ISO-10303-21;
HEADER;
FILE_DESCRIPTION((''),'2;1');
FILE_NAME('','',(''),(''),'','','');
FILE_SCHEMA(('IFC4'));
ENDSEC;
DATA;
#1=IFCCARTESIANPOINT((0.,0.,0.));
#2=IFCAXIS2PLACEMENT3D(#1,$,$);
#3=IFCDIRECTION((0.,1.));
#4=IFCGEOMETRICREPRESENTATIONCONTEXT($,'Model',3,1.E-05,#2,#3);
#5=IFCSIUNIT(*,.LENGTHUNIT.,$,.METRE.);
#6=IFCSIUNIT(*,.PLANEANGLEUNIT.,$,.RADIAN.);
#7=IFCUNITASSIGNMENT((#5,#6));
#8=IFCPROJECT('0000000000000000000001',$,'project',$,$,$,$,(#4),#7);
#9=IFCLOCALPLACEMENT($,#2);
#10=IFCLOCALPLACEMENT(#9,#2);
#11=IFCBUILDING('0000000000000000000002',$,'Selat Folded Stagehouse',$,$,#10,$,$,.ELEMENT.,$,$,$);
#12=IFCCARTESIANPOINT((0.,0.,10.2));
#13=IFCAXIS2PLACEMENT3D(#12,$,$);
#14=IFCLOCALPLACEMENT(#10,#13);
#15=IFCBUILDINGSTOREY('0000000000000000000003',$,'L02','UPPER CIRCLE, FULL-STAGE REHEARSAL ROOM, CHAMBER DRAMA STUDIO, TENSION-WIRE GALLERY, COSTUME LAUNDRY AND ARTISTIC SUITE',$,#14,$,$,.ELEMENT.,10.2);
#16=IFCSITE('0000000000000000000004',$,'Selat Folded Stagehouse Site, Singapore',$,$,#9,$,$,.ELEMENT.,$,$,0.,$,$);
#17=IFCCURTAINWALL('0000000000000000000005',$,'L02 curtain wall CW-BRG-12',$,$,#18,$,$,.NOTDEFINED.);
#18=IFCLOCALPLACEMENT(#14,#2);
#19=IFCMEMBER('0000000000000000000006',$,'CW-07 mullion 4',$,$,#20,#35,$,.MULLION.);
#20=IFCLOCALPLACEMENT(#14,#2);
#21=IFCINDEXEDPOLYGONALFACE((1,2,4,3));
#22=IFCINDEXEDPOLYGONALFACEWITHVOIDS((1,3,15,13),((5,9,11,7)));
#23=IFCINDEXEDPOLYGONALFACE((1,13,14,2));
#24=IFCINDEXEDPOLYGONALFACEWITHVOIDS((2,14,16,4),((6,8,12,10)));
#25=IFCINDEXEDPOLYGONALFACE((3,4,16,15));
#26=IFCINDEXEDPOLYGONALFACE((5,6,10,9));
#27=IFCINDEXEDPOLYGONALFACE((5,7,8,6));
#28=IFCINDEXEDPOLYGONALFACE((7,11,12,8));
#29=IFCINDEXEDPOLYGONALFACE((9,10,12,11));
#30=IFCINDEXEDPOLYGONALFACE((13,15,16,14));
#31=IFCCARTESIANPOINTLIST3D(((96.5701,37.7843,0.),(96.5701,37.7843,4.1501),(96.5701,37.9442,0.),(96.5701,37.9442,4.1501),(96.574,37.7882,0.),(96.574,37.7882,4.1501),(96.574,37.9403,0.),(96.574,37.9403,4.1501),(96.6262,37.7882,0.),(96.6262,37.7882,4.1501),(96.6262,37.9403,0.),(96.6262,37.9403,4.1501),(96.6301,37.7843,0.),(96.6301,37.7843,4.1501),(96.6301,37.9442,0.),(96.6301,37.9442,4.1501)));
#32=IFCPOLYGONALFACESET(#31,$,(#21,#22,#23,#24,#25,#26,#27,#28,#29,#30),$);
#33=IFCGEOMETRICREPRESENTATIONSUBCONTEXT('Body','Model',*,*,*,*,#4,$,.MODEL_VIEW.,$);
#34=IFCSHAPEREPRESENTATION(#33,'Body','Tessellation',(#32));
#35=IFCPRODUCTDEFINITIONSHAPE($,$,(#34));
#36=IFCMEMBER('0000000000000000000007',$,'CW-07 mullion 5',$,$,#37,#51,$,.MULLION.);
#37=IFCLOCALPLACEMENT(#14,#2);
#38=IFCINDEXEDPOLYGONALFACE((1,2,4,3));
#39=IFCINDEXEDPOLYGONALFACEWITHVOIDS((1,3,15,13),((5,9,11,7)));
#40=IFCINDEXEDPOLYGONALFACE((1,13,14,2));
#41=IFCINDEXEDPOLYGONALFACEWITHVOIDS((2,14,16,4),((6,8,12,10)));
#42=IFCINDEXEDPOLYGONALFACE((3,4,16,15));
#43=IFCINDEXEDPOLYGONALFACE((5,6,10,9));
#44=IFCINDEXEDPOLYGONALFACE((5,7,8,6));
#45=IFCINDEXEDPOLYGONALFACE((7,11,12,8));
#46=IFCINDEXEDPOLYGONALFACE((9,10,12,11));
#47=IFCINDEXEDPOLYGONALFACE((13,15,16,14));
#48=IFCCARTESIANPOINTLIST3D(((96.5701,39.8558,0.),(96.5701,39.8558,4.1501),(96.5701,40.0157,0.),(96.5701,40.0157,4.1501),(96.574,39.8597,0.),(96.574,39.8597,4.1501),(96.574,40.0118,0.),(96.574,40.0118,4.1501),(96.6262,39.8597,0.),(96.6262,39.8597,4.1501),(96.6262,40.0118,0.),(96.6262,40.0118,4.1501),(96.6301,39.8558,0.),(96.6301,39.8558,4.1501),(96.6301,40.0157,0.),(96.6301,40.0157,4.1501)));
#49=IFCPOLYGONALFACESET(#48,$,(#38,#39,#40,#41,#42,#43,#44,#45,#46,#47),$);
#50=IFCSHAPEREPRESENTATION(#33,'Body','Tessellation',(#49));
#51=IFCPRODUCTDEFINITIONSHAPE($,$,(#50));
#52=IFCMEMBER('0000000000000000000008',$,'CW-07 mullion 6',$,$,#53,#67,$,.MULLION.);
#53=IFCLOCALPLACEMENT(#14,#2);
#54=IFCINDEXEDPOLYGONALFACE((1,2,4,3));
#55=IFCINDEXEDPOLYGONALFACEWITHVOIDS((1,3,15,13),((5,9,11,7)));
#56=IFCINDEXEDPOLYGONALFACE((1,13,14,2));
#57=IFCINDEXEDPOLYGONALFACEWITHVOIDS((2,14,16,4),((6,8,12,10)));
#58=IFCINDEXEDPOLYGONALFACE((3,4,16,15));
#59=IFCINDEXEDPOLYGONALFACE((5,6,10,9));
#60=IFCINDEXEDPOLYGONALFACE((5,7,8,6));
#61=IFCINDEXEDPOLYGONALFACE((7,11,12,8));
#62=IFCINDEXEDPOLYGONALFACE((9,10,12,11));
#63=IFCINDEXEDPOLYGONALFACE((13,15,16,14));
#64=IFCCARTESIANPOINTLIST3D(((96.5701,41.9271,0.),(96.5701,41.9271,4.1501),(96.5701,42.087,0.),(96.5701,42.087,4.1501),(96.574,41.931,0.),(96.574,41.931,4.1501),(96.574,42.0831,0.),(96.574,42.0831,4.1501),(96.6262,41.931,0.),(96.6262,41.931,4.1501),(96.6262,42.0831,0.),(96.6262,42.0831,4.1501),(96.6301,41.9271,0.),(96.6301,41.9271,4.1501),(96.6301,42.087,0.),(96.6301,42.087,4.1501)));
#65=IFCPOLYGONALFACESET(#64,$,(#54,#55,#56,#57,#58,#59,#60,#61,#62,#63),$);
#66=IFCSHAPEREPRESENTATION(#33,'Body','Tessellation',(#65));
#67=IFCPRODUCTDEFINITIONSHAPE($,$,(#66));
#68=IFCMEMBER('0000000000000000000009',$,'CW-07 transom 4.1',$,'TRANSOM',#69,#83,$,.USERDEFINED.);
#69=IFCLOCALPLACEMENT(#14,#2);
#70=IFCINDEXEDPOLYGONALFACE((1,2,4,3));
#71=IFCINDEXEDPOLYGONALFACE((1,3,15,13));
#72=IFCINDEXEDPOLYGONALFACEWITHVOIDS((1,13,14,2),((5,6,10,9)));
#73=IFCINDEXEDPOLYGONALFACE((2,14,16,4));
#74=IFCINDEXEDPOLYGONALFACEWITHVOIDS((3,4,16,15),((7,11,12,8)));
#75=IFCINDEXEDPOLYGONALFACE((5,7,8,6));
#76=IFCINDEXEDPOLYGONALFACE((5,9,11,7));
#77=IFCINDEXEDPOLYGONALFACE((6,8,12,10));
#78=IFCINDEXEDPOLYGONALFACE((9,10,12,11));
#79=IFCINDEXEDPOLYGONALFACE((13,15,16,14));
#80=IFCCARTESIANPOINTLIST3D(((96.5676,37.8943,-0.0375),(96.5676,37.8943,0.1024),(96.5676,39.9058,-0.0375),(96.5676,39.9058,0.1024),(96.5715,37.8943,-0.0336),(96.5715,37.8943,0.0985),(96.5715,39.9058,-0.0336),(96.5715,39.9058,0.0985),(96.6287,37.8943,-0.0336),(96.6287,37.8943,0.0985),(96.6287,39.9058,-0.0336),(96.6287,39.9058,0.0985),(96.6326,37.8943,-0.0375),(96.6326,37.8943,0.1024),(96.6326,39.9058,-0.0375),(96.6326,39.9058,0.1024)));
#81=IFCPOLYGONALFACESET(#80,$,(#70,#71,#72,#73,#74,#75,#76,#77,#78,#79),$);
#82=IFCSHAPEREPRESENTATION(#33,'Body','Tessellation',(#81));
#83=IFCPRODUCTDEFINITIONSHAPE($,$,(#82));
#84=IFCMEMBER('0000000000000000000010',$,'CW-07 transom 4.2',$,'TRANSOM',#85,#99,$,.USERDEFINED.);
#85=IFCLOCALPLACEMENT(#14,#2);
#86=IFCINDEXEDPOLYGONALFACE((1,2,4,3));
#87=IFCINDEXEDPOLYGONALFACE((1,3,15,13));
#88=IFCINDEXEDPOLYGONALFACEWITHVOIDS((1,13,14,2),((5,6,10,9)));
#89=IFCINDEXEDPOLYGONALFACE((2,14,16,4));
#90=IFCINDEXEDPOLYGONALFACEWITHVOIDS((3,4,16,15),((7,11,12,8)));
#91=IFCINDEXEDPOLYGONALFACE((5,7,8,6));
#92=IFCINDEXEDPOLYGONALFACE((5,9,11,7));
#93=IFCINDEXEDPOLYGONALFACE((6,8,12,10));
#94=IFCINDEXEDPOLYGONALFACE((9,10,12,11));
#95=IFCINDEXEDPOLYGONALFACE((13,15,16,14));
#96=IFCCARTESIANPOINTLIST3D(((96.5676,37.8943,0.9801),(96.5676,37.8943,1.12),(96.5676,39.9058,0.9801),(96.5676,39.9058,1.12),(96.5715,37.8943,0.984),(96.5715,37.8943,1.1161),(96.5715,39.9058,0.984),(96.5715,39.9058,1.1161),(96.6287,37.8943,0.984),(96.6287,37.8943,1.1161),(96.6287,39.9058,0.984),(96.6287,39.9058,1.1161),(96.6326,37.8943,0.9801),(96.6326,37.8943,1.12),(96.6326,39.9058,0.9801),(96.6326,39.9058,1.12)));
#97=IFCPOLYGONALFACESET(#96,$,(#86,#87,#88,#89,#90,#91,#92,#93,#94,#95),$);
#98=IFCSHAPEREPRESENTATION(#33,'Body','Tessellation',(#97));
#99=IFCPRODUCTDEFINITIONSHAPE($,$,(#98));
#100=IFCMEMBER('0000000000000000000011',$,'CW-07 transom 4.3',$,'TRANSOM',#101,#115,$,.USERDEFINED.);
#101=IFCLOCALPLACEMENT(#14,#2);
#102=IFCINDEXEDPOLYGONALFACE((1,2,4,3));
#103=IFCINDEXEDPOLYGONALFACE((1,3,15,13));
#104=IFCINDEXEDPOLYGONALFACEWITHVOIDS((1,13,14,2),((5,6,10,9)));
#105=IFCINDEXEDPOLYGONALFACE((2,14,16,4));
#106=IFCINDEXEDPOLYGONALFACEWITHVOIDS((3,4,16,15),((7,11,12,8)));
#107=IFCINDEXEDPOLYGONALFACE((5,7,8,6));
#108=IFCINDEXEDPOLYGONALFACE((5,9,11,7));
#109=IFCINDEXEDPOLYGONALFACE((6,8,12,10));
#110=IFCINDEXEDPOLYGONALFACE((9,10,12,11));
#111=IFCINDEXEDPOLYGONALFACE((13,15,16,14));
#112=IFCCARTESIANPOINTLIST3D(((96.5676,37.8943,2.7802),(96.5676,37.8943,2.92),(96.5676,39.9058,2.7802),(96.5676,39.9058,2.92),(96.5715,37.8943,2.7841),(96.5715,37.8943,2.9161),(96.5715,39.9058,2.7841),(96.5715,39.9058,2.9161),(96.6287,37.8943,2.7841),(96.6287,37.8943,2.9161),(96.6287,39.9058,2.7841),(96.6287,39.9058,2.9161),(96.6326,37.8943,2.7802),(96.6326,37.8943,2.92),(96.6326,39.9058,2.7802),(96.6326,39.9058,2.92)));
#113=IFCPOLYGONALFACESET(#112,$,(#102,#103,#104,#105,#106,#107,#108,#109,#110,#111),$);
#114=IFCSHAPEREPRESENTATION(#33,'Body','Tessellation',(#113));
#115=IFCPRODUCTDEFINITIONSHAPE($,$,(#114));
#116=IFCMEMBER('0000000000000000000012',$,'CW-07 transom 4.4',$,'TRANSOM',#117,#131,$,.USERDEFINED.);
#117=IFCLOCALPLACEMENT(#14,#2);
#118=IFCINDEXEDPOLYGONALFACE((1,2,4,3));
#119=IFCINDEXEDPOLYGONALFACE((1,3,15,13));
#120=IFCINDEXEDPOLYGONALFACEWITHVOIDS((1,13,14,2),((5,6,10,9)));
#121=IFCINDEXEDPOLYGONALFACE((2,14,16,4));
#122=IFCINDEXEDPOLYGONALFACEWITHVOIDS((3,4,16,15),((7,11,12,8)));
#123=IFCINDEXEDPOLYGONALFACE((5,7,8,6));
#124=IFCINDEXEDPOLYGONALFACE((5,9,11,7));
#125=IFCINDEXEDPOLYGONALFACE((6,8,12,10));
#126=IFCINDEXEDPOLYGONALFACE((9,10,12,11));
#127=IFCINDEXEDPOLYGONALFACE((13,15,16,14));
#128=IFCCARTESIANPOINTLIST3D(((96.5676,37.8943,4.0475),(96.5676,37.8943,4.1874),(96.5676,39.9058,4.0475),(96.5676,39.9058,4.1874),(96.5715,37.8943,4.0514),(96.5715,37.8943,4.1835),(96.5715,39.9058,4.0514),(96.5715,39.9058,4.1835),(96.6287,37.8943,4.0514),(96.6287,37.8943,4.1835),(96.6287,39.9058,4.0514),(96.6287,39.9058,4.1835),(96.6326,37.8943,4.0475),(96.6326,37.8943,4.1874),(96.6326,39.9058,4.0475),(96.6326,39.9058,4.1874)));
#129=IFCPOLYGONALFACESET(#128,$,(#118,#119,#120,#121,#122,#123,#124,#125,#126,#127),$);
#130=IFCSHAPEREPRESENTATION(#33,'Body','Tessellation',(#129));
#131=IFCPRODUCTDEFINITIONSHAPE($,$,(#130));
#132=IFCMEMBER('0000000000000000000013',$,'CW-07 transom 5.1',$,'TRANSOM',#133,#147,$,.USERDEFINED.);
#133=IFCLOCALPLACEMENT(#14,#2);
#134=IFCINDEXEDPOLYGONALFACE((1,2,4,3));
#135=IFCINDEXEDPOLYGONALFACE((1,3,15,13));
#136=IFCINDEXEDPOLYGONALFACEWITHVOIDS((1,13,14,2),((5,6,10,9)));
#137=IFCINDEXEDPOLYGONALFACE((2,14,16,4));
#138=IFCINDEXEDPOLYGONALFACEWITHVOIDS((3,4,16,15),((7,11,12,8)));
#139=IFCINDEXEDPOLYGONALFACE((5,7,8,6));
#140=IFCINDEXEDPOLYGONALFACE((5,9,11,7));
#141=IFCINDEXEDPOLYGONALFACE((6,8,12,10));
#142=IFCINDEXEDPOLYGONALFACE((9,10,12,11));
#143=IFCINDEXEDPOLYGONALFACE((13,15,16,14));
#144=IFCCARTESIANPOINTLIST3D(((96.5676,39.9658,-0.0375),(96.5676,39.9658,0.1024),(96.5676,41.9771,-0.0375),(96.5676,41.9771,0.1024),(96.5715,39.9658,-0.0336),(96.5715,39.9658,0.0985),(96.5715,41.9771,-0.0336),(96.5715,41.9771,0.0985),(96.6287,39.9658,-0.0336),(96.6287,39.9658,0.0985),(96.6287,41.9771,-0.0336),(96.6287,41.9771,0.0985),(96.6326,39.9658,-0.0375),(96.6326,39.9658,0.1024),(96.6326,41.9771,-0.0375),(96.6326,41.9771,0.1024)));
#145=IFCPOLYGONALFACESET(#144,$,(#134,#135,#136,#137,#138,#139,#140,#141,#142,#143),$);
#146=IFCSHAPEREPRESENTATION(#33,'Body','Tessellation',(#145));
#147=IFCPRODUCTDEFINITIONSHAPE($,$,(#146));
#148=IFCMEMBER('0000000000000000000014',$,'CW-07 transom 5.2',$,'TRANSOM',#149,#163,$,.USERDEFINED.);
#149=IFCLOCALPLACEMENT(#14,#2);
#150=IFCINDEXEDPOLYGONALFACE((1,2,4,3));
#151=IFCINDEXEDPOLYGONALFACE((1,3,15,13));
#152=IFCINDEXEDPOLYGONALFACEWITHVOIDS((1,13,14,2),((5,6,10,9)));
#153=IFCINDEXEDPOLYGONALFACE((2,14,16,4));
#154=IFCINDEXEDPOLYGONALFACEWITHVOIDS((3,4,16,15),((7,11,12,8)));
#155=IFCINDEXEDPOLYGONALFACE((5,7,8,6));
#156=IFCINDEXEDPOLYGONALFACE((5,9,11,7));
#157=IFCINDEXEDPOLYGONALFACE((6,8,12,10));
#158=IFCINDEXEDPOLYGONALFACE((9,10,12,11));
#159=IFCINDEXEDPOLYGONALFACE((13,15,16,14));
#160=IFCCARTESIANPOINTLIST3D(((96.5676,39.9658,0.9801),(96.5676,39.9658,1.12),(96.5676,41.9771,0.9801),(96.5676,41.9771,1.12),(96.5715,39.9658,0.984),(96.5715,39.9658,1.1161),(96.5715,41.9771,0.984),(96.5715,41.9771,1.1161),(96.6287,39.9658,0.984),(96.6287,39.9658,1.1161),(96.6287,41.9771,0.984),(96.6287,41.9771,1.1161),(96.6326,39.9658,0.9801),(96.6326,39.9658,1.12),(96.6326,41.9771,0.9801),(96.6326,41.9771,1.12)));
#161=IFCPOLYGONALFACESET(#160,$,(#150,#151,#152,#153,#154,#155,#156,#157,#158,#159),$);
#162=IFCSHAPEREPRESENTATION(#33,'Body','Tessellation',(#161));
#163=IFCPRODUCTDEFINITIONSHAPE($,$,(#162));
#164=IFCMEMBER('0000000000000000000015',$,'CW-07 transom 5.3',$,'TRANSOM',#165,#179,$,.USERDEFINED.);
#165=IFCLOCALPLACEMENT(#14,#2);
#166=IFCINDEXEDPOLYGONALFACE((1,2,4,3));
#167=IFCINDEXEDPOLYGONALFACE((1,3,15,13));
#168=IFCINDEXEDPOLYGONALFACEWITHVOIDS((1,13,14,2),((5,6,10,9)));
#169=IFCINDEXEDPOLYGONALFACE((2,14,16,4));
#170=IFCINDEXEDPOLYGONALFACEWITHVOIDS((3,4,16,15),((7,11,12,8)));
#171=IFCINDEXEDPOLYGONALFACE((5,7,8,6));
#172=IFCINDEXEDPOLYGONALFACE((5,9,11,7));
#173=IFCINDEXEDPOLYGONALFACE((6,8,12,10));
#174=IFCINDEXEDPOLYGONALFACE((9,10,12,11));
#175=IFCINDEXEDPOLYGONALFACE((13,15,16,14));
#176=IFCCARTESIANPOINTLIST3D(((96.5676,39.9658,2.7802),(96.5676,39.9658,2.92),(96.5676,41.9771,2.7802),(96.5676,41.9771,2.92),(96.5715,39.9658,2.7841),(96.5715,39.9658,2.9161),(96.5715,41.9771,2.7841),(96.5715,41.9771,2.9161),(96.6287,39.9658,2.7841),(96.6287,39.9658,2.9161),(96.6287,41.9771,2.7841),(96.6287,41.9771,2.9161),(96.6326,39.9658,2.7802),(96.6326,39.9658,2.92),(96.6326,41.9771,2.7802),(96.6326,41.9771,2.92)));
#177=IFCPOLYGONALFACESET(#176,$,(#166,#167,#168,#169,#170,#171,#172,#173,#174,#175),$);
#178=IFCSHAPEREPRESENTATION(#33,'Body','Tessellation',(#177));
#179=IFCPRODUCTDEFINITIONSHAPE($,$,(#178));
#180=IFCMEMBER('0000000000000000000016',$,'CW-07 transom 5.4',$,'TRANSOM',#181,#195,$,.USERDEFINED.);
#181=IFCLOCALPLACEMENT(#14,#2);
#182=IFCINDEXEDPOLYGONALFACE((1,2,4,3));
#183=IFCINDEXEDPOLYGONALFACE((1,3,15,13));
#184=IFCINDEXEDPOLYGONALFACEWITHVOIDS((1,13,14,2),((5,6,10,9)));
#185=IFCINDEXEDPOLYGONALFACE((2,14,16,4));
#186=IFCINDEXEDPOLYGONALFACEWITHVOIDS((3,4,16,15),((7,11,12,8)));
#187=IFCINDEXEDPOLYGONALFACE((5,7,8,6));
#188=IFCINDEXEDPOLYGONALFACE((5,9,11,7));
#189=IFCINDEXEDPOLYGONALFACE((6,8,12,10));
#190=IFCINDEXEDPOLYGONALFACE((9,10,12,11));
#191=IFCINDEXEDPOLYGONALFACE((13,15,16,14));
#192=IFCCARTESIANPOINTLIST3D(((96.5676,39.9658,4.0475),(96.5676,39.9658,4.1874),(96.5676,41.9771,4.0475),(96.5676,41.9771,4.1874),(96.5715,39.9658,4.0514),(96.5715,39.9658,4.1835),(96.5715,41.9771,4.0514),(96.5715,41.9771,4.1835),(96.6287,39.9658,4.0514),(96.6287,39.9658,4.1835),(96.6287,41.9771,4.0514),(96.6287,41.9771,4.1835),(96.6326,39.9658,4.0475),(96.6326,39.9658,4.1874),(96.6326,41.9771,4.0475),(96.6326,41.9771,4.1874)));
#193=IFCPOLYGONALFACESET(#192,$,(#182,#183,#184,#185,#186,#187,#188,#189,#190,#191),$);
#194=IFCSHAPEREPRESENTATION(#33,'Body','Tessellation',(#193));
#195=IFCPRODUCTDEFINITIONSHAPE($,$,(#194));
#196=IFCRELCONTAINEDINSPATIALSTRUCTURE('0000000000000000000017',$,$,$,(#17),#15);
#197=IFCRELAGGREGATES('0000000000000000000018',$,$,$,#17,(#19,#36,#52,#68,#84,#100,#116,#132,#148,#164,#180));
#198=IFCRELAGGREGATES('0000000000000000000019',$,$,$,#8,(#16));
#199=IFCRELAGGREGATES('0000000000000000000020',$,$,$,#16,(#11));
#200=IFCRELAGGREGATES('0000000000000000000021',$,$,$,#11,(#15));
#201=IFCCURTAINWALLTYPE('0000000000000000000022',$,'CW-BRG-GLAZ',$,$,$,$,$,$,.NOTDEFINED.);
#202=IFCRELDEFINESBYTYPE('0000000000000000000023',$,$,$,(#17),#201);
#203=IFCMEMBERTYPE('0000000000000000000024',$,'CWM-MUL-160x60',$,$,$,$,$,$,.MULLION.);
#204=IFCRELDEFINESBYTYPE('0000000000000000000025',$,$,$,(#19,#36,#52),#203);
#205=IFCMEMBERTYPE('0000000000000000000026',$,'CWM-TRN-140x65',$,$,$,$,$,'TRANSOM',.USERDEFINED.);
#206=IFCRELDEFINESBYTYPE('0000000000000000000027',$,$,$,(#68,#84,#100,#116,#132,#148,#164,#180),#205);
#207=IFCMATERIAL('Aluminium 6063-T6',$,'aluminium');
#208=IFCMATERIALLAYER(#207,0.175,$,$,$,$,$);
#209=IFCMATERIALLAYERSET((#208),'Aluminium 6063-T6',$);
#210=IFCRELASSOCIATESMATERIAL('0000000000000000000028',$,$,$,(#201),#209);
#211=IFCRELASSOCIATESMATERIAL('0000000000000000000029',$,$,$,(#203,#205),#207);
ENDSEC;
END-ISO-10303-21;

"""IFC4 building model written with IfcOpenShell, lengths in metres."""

from ifc_helpers import new_model, si_unit, direction, frame, origin, origin_2d, place, context, subcontext, project, spatial, hollow_rectangle, extrude, material, layer, layer_set, material_profile, profile_set, type_object, element, aggregate, save


model = new_model("IFC4")

# Units and contexts
model_context = context("Model", 3, precision=1e-05, world=origin(), true_north=direction((0.0, 1.0)))
body_context = subcontext(model_context, "Body", "Model", "MODEL_VIEW")
ifc_project = project(units=[si_unit("LENGTHUNIT", "METRE"), si_unit("PLANEANGLEUNIT", "RADIAN")], contexts=[model_context])

# Site, building, storey
site_placement = place(None, origin())
site = spatial("IfcSite", under=ifc_project, at=site_placement, Name="Selat Folded Stagehouse Site, Singapore", CompositionType="ELEMENT", RefElevation=0.0)
building_placement = place(site_placement, origin())
building = spatial("IfcBuilding", under=site, at=building_placement, Name="Selat Folded Stagehouse", CompositionType="ELEMENT")
storey_placement = place(building_placement, frame((0.0, 0.0, 10.2)))
storey = spatial("IfcBuildingStorey", under=building, at=storey_placement, Name="L02", Description="UPPER CIRCLE, FULL-STAGE REHEARSAL ROOM, CHAMBER DRAMA STUDIO, TENSION-WIRE GALLERY, COSTUME LAUNDRY AND ARTISTIC SUITE", CompositionType="ELEMENT", Elevation=10.2)

# Curtain wall, members
ifc_material_1 = material(Name="Aluminium 6063-T6", Category="aluminium")
ifc_layer_1 = layer(ifc_material_1, 0.175)
ifc_layer_set_1 = layer_set([ifc_layer_1], Name="Aluminium 6063-T6")
curtain_wall_type = type_object("IfcCurtainWallType", Name="CW-BRG-GLAZ", PredefinedType="NOTDEFINED", material=ifc_layer_set_1)
curtain_wall_placement = place(storey_placement, origin())
curtain_wall = element("IfcCurtainWall", 1, at=curtain_wall_placement, inside=storey, type_object=curtain_wall_type, Name="L02 curtain wall CW-BRG-12", PredefinedType="NOTDEFINED")
ifc_material_profile_1 = material_profile(ifc_material_1, hollow_rectangle(XDim=0.0601, YDim=0.1599, WallThickness=0.0039, at=origin_2d()), Name="ALU 160x60x4.0")
ifc_profile_set_1 = profile_set([ifc_material_profile_1], Name="Aluminium 6063-T6")
member_type_1 = type_object("IfcMemberType", Name="CWM-MUL-160x60", PredefinedType="MULLION", material=ifc_profile_set_1)
member_1_placement = place(storey_placement, frame((96.6001, 37.8643, 0.0), z_axis=(0.0, 0.0, 1.0), x_axis=(-1.0, 0.0, 0.0)))
member_1 = element("IfcMember", 2, at=member_1_placement, type_object=member_type_1, Name="CW-07 mullion 4", PredefinedType="MULLION", context=body_context, shape_type="SweptSolid", body=[
    extrude(hollow_rectangle(XDim=0.0601, YDim=0.1599, WallThickness=0.0039, at=origin_2d()), origin(), (0.0, 0.0, 1.0), 4.1501),
])
member_2_placement = place(storey_placement, frame((96.6001, 39.9358, 0.0), z_axis=(0.0, 0.0, 1.0), x_axis=(-1.0, 0.0, 0.0)))
member_2 = element("IfcMember", 3, at=member_2_placement, type_object=member_type_1, Name="CW-07 mullion 5", PredefinedType="MULLION", context=body_context, shape_type="SweptSolid", body=[
    extrude(hollow_rectangle(XDim=0.0601, YDim=0.1599, WallThickness=0.0039, at=origin_2d()), origin(), (0.0, 0.0, 1.0), 4.1501),
])
member_3_placement = place(storey_placement, frame((96.6001, 42.0071, 0.0), z_axis=(0.0, 0.0, 1.0), x_axis=(-1.0, 0.0, 0.0)))
member_3 = element("IfcMember", 4, at=member_3_placement, type_object=member_type_1, Name="CW-07 mullion 6", PredefinedType="MULLION", context=body_context, shape_type="SweptSolid", body=[
    extrude(hollow_rectangle(XDim=0.0601, YDim=0.1599, WallThickness=0.0039, at=origin_2d()), origin(), (0.0, 0.0, 1.0), 4.1501),
])
ifc_material_profile_2 = material_profile(ifc_material_1, hollow_rectangle(XDim=0.0649, YDim=0.1399, WallThickness=0.0039, at=origin_2d()), Name="ALU 140x65x4.0")
ifc_profile_set_2 = profile_set([ifc_material_profile_2], Name="Aluminium 6063-T6")
member_type_2 = type_object("IfcMemberType", Name="CWM-TRN-140x65", ElementType="TRANSOM", PredefinedType="USERDEFINED", material=ifc_profile_set_2)
member_4_placement = place(storey_placement, frame((96.6001, 37.8943, 0.0325), z_axis=(0.0, 1.0, 0.0), x_axis=(-1.0, 0.0, 0.0)))
member_4 = element("IfcMember", 5, at=member_4_placement, type_object=member_type_2, Name="CW-07 transom 4.1", ObjectType="TRANSOM", PredefinedType="USERDEFINED", context=body_context, shape_type="SweptSolid", body=[
    extrude(hollow_rectangle(XDim=0.0649, YDim=0.1399, WallThickness=0.0039, at=origin_2d()), origin(), (0.0, 0.0, 1.0), 2.0115),
])
member_5_placement = place(storey_placement, frame((96.6001, 37.8943, 1.05), z_axis=(0.0, 1.0, 0.0), x_axis=(-1.0, 0.0, 0.0)))
member_5 = element("IfcMember", 6, at=member_5_placement, type_object=member_type_2, Name="CW-07 transom 4.2", ObjectType="TRANSOM", PredefinedType="USERDEFINED", context=body_context, shape_type="SweptSolid", body=[
    extrude(hollow_rectangle(XDim=0.0649, YDim=0.1399, WallThickness=0.0039, at=origin_2d()), origin(), (0.0, 0.0, 1.0), 2.0115),
])
member_6_placement = place(storey_placement, frame((96.6001, 37.8943, 2.8501), z_axis=(0.0, 1.0, 0.0), x_axis=(-1.0, 0.0, 0.0)))
member_6 = element("IfcMember", 7, at=member_6_placement, type_object=member_type_2, Name="CW-07 transom 4.3", ObjectType="TRANSOM", PredefinedType="USERDEFINED", context=body_context, shape_type="SweptSolid", body=[
    extrude(hollow_rectangle(XDim=0.0649, YDim=0.1399, WallThickness=0.0039, at=origin_2d()), origin(), (0.0, 0.0, 1.0), 2.0115),
])
member_7_placement = place(storey_placement, frame((96.6001, 37.8943, 4.1174), z_axis=(0.0, 1.0, 0.0), x_axis=(-1.0, 0.0, 0.0)))
member_7 = element("IfcMember", 8, at=member_7_placement, type_object=member_type_2, Name="CW-07 transom 4.4", ObjectType="TRANSOM", PredefinedType="USERDEFINED", context=body_context, shape_type="SweptSolid", body=[
    extrude(hollow_rectangle(XDim=0.0649, YDim=0.1399, WallThickness=0.0039, at=origin_2d()), origin(), (0.0, 0.0, 1.0), 2.0115),
])
member_8_placement = place(storey_placement, frame((96.6001, 39.9658, 0.0325), z_axis=(0.0, 1.0, 0.0), x_axis=(-1.0, 0.0, 0.0)))
member_8 = element("IfcMember", 9, at=member_8_placement, type_object=member_type_2, Name="CW-07 transom 5.1", ObjectType="TRANSOM", PredefinedType="USERDEFINED", context=body_context, shape_type="SweptSolid", body=[
    extrude(hollow_rectangle(XDim=0.0649, YDim=0.1399, WallThickness=0.0039, at=origin_2d()), origin(), (0.0, 0.0, 1.0), 2.0112),
])
member_9_placement = place(storey_placement, frame((96.6001, 39.9658, 1.05), z_axis=(0.0, 1.0, 0.0), x_axis=(-1.0, 0.0, 0.0)))
member_9 = element("IfcMember", 10, at=member_9_placement, type_object=member_type_2, Name="CW-07 transom 5.2", ObjectType="TRANSOM", PredefinedType="USERDEFINED", context=body_context, shape_type="SweptSolid", body=[
    extrude(hollow_rectangle(XDim=0.0649, YDim=0.1399, WallThickness=0.0039, at=origin_2d()), origin(), (0.0, 0.0, 1.0), 2.0112),
])
member_10_placement = place(storey_placement, frame((96.6001, 39.9658, 2.8501), z_axis=(0.0, 1.0, 0.0), x_axis=(-1.0, 0.0, 0.0)))
member_10 = element("IfcMember", 11, at=member_10_placement, type_object=member_type_2, Name="CW-07 transom 5.3", ObjectType="TRANSOM", PredefinedType="USERDEFINED", context=body_context, shape_type="SweptSolid", body=[
    extrude(hollow_rectangle(XDim=0.0649, YDim=0.1399, WallThickness=0.0039, at=origin_2d()), origin(), (0.0, 0.0, 1.0), 2.0112),
])
member_11_placement = place(storey_placement, frame((96.6001, 39.9658, 4.1174), z_axis=(0.0, 1.0, 0.0), x_axis=(-1.0, 0.0, 0.0)))
member_11 = element("IfcMember", 12, at=member_11_placement, type_object=member_type_2, Name="CW-07 transom 5.4", ObjectType="TRANSOM", PredefinedType="USERDEFINED", context=body_context, shape_type="SweptSolid", body=[
    extrude(hollow_rectangle(XDim=0.0649, YDim=0.1399, WallThickness=0.0039, at=origin_2d()), origin(), (0.0, 0.0, 1.0), 2.0112),
])
aggregate(curtain_wall, [member_1, member_2, member_3, member_4, member_5, member_6, member_7, member_8, member_9, member_10, member_11])

save(model, "model.ifc")
